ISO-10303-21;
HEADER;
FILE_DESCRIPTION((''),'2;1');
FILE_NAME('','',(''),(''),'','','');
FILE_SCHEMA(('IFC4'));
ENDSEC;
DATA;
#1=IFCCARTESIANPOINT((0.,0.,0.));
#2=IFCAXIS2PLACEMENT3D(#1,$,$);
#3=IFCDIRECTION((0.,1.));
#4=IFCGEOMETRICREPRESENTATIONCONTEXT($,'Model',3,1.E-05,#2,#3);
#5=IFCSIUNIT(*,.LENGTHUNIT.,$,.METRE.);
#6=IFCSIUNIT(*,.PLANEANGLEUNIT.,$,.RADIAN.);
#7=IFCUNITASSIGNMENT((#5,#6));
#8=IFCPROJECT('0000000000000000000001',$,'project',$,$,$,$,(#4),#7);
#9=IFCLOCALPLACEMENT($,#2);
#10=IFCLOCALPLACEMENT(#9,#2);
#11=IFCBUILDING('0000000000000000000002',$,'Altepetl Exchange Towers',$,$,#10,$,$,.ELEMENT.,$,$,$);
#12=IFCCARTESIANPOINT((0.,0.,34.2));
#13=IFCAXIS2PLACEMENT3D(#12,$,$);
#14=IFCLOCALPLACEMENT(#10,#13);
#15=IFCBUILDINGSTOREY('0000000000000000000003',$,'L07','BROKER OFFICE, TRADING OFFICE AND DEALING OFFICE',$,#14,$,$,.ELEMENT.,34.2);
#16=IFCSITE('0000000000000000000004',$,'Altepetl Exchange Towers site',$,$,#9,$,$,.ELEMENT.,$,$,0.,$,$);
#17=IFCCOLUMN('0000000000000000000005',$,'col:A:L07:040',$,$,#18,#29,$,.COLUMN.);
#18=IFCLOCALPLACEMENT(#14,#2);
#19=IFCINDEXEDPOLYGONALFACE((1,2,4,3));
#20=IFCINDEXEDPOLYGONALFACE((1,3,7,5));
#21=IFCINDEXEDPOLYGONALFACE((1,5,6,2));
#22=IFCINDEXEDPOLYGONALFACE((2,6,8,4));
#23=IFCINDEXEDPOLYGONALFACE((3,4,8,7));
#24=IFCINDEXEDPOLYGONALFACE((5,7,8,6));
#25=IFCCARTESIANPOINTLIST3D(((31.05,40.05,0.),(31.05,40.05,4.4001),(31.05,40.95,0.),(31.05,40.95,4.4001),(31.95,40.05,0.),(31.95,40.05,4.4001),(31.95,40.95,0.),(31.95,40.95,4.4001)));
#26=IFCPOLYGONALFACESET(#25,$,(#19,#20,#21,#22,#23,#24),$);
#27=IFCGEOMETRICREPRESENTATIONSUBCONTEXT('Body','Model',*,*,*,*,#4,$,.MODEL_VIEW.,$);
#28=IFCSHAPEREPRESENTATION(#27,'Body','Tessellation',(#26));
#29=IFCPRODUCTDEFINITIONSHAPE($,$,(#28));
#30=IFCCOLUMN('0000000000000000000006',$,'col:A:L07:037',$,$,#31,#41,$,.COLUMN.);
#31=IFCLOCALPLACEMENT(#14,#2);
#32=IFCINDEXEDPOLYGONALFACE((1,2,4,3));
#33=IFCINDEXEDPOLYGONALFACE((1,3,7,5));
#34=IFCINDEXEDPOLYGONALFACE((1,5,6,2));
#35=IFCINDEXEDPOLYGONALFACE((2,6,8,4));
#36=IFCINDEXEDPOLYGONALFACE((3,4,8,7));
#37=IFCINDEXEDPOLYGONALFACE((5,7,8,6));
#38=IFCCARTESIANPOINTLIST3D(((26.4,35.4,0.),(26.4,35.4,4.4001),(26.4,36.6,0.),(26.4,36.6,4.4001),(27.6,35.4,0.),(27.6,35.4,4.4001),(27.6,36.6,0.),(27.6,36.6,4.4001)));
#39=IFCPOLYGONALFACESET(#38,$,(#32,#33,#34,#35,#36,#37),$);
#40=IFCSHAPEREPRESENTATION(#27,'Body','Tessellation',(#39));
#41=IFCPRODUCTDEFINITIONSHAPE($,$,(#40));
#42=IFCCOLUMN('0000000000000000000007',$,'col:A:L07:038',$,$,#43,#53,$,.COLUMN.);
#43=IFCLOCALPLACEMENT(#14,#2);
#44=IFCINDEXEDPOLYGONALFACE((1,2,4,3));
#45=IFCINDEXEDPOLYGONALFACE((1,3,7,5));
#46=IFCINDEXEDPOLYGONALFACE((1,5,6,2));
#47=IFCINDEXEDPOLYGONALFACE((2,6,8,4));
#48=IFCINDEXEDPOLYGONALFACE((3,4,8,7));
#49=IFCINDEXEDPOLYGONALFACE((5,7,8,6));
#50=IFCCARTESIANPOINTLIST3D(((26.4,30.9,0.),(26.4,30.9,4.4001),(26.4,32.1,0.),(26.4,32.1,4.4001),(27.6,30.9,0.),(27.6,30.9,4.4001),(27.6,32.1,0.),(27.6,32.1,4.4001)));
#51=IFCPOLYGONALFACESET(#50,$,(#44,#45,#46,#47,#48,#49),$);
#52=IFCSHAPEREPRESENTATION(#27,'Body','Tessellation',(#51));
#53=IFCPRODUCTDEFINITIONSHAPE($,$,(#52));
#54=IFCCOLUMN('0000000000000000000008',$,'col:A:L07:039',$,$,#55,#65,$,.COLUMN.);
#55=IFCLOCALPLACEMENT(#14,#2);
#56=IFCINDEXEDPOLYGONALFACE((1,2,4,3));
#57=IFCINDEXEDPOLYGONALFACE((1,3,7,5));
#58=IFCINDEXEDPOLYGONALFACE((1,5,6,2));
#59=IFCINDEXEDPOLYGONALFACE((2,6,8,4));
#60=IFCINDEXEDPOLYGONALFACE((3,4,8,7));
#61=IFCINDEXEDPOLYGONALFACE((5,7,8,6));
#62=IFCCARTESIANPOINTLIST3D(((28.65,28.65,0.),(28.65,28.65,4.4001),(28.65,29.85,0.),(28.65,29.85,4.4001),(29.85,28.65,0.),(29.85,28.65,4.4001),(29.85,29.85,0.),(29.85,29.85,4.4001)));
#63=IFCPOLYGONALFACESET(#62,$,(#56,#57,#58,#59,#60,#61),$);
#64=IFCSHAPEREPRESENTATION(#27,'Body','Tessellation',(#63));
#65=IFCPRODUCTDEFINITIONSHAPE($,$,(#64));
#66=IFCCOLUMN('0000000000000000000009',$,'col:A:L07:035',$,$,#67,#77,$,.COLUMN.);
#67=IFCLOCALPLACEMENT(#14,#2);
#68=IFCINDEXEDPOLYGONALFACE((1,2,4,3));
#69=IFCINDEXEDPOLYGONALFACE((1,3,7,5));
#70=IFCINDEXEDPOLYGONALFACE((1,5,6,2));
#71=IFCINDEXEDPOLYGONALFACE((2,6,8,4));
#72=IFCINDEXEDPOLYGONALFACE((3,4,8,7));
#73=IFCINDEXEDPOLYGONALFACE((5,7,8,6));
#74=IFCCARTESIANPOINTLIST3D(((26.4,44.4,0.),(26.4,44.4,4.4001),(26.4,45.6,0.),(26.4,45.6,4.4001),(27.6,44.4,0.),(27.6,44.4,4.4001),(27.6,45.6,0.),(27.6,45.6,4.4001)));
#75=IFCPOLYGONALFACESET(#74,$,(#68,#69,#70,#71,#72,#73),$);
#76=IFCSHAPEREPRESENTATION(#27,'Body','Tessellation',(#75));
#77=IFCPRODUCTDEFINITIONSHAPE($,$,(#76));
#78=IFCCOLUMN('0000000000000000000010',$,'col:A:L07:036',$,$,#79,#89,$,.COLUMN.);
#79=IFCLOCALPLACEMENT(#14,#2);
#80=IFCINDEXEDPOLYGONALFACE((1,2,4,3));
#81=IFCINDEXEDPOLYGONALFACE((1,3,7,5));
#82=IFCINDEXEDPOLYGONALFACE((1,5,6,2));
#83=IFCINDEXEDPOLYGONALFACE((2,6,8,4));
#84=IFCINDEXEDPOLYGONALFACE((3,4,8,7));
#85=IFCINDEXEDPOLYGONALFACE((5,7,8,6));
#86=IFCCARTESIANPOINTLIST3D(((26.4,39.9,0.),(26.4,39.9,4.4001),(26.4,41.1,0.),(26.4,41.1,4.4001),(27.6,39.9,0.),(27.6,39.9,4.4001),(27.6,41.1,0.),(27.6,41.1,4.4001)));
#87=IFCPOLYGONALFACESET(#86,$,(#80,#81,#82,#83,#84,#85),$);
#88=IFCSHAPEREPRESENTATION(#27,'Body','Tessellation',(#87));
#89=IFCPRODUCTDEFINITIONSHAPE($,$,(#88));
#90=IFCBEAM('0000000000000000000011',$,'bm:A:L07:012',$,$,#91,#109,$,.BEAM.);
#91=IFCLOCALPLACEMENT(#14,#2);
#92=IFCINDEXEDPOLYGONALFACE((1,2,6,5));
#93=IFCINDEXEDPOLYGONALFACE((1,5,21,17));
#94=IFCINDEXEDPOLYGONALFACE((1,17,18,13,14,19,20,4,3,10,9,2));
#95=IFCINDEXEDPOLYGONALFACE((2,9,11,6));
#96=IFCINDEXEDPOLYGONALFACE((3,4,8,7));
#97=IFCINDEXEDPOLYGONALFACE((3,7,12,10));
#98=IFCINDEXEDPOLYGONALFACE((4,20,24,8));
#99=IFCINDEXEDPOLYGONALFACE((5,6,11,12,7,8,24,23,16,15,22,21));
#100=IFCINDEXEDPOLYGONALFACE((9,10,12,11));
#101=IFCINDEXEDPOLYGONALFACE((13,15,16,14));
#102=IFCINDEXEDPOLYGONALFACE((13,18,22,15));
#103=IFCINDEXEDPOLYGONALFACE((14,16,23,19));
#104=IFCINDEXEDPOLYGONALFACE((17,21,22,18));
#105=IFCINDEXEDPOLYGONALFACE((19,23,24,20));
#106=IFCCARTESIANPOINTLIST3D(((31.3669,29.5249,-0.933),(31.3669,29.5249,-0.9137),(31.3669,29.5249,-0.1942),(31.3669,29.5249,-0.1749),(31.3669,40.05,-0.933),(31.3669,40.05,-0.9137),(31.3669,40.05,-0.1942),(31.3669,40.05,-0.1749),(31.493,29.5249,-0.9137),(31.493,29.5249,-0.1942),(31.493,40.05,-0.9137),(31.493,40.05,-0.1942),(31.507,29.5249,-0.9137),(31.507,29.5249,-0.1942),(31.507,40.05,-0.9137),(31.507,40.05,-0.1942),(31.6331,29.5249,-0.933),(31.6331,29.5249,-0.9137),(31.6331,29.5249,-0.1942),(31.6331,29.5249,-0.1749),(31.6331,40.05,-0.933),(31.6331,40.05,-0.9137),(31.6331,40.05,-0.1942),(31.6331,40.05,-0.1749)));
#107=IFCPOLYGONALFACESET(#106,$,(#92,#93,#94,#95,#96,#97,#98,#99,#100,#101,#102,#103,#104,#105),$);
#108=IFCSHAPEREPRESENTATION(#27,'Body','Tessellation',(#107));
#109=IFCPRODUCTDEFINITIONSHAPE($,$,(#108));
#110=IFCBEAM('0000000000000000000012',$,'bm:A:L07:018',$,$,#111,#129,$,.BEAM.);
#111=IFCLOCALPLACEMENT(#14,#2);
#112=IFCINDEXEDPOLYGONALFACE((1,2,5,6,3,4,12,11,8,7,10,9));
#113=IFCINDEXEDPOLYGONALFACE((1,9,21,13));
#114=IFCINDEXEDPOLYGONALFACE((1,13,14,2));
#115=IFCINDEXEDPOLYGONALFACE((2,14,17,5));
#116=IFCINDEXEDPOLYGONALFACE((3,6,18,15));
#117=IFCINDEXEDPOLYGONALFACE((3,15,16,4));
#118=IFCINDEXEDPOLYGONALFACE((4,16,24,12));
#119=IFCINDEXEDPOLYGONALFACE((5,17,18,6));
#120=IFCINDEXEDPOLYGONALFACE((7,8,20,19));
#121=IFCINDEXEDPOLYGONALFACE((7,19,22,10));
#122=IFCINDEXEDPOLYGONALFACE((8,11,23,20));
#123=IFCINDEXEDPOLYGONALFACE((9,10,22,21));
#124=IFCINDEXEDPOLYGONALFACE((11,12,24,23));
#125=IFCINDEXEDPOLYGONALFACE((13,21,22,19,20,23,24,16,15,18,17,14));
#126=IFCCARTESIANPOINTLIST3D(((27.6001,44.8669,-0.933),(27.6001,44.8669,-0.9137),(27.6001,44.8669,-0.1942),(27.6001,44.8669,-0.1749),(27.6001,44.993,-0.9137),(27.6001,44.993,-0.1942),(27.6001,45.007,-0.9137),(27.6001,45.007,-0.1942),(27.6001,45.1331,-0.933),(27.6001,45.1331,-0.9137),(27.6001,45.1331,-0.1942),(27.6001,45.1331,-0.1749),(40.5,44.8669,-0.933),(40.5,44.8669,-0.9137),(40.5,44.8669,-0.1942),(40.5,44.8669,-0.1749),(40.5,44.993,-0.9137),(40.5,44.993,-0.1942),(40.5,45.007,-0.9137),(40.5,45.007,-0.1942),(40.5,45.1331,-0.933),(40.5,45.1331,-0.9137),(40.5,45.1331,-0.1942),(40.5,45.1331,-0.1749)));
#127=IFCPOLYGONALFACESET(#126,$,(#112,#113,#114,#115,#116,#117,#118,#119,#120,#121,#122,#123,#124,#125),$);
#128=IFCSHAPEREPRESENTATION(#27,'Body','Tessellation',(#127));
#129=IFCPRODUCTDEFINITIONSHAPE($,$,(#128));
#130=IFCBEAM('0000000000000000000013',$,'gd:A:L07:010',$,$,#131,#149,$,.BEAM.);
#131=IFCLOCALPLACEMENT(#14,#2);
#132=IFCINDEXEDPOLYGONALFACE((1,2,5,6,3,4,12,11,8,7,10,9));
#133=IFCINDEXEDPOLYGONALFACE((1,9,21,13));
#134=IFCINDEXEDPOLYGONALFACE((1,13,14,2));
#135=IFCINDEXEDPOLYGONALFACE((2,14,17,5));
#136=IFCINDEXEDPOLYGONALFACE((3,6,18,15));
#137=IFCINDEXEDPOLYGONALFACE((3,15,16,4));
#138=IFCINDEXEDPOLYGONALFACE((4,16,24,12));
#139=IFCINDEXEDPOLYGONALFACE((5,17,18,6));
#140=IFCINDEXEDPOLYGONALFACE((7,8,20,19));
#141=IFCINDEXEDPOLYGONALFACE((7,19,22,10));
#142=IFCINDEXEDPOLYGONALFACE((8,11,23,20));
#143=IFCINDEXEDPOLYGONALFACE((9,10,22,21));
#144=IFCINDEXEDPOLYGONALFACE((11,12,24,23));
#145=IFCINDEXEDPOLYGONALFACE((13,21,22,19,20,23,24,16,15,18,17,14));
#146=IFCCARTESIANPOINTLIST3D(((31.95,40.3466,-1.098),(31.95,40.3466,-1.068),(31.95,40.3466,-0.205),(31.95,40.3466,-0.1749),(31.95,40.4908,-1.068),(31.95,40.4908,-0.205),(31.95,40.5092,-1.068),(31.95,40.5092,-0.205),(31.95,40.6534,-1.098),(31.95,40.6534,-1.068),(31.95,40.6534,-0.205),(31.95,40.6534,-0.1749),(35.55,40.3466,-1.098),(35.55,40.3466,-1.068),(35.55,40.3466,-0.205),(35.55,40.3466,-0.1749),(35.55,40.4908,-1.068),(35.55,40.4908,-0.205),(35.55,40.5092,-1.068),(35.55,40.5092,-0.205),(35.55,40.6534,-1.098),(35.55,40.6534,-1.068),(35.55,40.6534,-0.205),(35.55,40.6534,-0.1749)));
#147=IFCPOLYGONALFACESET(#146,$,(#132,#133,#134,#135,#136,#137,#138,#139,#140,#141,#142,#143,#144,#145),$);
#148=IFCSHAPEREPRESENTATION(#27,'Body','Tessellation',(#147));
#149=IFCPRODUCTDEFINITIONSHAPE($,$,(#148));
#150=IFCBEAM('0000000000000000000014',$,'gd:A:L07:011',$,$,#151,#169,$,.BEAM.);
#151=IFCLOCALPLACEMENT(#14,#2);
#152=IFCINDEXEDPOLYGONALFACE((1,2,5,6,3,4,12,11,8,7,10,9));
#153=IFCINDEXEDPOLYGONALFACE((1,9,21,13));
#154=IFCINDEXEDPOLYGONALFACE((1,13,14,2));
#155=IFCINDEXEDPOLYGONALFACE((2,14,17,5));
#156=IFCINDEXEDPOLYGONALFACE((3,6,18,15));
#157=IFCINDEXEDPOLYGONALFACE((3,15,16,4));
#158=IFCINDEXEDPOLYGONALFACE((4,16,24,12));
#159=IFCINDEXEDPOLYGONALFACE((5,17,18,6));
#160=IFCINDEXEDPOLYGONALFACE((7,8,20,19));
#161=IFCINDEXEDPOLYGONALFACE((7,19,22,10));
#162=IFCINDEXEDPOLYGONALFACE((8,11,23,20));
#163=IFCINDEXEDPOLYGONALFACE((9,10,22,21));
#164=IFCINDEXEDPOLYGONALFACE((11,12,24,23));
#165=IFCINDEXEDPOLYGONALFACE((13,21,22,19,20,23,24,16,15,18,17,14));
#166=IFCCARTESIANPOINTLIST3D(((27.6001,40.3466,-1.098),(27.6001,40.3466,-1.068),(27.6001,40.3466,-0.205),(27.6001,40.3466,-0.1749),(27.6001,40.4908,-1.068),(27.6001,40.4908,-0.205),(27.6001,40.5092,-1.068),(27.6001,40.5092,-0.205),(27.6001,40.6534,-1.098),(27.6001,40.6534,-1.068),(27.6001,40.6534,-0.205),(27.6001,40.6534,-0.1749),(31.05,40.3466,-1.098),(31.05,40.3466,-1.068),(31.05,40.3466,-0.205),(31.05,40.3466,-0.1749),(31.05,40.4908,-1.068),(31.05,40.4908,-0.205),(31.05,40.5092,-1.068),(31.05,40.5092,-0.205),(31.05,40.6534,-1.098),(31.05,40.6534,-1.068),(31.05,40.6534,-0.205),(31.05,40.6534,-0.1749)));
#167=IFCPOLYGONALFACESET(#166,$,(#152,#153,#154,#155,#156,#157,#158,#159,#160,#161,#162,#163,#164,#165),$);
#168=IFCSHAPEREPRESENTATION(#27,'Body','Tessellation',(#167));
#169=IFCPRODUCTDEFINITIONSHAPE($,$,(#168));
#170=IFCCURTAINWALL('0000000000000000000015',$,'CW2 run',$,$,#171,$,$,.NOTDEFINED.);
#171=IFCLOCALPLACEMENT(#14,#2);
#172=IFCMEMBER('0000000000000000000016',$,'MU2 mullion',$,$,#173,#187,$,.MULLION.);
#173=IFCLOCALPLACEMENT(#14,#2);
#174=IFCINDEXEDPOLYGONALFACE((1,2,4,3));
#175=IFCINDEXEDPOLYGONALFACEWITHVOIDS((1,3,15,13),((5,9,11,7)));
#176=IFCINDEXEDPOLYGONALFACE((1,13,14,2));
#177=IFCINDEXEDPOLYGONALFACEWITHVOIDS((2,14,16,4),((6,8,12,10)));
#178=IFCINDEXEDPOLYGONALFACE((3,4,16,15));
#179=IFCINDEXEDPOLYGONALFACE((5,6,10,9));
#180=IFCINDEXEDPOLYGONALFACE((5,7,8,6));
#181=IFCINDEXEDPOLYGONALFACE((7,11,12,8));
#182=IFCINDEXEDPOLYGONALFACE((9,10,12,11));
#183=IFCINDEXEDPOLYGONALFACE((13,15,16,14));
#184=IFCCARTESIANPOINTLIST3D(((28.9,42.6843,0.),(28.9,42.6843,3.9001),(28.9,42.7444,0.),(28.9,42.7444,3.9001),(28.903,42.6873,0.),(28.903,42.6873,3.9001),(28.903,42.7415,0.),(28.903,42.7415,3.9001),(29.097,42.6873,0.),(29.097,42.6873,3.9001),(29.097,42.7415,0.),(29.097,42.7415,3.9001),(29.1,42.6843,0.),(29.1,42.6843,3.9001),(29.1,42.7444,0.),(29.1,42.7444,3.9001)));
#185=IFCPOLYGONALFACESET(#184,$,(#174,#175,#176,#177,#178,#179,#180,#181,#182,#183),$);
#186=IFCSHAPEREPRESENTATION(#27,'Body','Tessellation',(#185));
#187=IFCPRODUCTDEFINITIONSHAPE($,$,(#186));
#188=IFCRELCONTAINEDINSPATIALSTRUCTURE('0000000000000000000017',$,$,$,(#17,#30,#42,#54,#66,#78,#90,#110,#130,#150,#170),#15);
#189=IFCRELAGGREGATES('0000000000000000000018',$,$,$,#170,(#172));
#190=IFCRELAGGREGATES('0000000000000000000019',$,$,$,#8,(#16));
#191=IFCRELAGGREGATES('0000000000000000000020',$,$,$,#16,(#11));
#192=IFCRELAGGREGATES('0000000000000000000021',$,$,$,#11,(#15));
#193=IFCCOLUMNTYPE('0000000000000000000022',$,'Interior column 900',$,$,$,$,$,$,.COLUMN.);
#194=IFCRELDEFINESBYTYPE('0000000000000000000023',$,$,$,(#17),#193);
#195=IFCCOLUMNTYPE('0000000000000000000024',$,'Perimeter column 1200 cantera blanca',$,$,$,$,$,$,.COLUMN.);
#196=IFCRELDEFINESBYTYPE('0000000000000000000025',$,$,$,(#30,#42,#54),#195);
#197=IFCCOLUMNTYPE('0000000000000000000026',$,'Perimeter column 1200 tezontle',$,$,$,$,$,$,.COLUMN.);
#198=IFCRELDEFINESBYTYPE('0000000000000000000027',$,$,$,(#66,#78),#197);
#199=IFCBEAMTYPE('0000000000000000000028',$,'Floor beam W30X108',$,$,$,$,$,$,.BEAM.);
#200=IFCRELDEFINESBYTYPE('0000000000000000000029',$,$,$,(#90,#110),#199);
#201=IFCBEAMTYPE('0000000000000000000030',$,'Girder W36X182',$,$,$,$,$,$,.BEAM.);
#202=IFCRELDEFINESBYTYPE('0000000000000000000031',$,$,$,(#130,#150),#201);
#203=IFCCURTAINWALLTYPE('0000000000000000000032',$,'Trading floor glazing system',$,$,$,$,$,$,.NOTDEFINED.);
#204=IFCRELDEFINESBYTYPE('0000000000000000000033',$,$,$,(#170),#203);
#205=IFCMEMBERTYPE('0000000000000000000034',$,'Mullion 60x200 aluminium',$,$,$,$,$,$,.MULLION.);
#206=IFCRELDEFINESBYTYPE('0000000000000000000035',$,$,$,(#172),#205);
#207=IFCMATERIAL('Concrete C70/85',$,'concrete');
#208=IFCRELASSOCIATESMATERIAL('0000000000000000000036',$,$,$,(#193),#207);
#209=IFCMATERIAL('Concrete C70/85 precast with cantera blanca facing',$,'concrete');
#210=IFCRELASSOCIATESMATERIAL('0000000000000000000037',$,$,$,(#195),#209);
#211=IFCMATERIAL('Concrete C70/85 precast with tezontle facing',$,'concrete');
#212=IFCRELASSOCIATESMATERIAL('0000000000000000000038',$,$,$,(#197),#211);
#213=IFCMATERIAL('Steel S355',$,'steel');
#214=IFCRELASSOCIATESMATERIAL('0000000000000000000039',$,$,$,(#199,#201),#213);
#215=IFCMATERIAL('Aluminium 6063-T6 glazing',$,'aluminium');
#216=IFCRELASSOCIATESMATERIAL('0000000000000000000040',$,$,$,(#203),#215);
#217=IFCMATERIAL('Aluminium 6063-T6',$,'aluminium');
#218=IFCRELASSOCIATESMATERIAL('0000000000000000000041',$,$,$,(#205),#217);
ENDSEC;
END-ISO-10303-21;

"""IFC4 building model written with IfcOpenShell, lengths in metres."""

from ifc_helpers import new_model, si_unit, direction, frame, origin, origin_2d, place, context, subcontext, project, spatial, rectangle, hollow_rectangle, i_section, extrude, material, material_profile, profile_set, type_object, element, aggregate, save


model = new_model("IFC4")

# Units and contexts
model_context = context("Model", 3, precision=1e-05, world=origin(), true_north=direction((0.0, 1.0)))
body_context = subcontext(model_context, "Body", "Model", "MODEL_VIEW")
ifc_project = project(units=[si_unit("LENGTHUNIT", "METRE"), si_unit("PLANEANGLEUNIT", "RADIAN")], contexts=[model_context])

# Site, building, storey
site_placement = place(None, origin())
site = spatial("IfcSite", under=ifc_project, at=site_placement, Name="Altepetl Exchange Towers site", CompositionType="ELEMENT", RefElevation=0.0)
building_placement = place(site_placement, origin())
building = spatial("IfcBuilding", under=site, at=building_placement, Name="Altepetl Exchange Towers", CompositionType="ELEMENT")
storey_placement = place(building_placement, frame((0.0, 0.0, 34.2)))
storey = spatial("IfcBuildingStorey", under=building, at=storey_placement, Name="L07", Description="BROKER OFFICE, TRADING OFFICE AND DEALING OFFICE", CompositionType="ELEMENT", Elevation=34.2)

# Columns
ifc_material_1 = material(Name="Concrete C70/85", Category="concrete")
ifc_material_profile_1 = material_profile(ifc_material_1, rectangle(XDim=0.8999, YDim=0.8999, at=origin_2d()), Name="900 x 900")
ifc_profile_set_1 = profile_set([ifc_material_profile_1], Name="Concrete C70/85")
column_type_1 = type_object("IfcColumnType", Name="Interior column 900", PredefinedType="COLUMN", material=ifc_profile_set_1)
column_placement = place(storey_placement, frame((31.5, 40.5, 0.0)))
element("IfcColumn", 1, at=column_placement, inside=storey, type_object=column_type_1, Name="col:A:L07:040", PredefinedType="COLUMN", context=body_context, shape_type="SweptSolid", body=[
    extrude(rectangle(XDim=0.8999, YDim=0.8999, at=origin_2d()), origin(), (0.0, 0.0, 1.0), 4.4001),
])
ifc_material_2 = material(Name="Concrete C70/85 precast with cantera blanca facing", Category="concrete")
ifc_material_profile_2 = material_profile(ifc_material_2, rectangle(XDim=1.2, YDim=1.2, at=origin_2d()), Name="1200 x 1200")
ifc_profile_set_2 = profile_set([ifc_material_profile_2], Name="Concrete C70/85 precast with cantera blanca facing")
column_type_2 = type_object("IfcColumnType", Name="Perimeter column 1200 cantera blanca", PredefinedType="COLUMN", material=ifc_profile_set_2)
for number, where, name in (
    (2, (27.0, 36.0, 0.0), "col:A:L07:037"),
    (3, (27.0, 31.5, 0.0), "col:A:L07:038"),
    (4, (29.25, 29.25, 0.0), "col:A:L07:039"),
):
    element("IfcColumn", number, at=place(storey_placement, frame(where)), inside=storey, type_object=column_type_2, Name=name, PredefinedType="COLUMN", context=body_context, shape_type="SweptSolid", body=[
        extrude(rectangle(XDim=1.2, YDim=1.2, at=origin_2d()), origin(), (0.0, 0.0, 1.0), 4.4001),
    ])
ifc_material_3 = material(Name="Concrete C70/85 precast with tezontle facing", Category="concrete")
ifc_material_profile_3 = material_profile(ifc_material_3, rectangle(XDim=1.2, YDim=1.2, at=origin_2d()), Name="1200 x 1200")
ifc_profile_set_3 = profile_set([ifc_material_profile_3], Name="Concrete C70/85 precast with tezontle facing")
column_type_3 = type_object("IfcColumnType", Name="Perimeter column 1200 tezontle", PredefinedType="COLUMN", material=ifc_profile_set_3)
for number, where, name in (
    (5, (27.0, 45.0, 0.0), "col:A:L07:035"),
    (6, (27.0, 40.5, 0.0), "col:A:L07:036"),
):
    element("IfcColumn", number, at=place(storey_placement, frame(where)), inside=storey, type_object=column_type_3, Name=name, PredefinedType="COLUMN", context=body_context, shape_type="SweptSolid", body=[
        extrude(rectangle(XDim=1.2, YDim=1.2, at=origin_2d()), origin(), (0.0, 0.0, 1.0), 4.4001),
    ])

# Beams
ifc_material_4 = material(Name="Steel S355", Category="steel")
ifc_material_profile_4 = material_profile(ifc_material_4, i_section(OverallWidth=0.2661, OverallDepth=0.7581, WebThickness=0.0139, FlangeThickness=0.0193, at=origin_2d()), Name="W30X108")
ifc_profile_set_4 = profile_set([ifc_material_profile_4], Name="Steel S355")
beam_type_1 = type_object("IfcBeamType", Name="Floor beam W30X108", PredefinedType="BEAM", material=ifc_profile_set_4)
beam_1_placement = place(storey_placement, frame((31.5, 29.5249, -0.554), z_axis=(0.0, 1.0, 0.0), x_axis=(-1.0, 0.0, 0.0)))
element("IfcBeam", 7, at=beam_1_placement, inside=storey, type_object=beam_type_1, Name="bm:A:L07:012", PredefinedType="BEAM", context=body_context, shape_type="SweptSolid", body=[
    extrude(i_section(OverallWidth=0.2661, OverallDepth=0.7581, WebThickness=0.0139, FlangeThickness=0.0193, at=origin_2d()), origin(), (0.0, 0.0, 1.0), 10.5251),
])
beam_2_placement = place(storey_placement, frame((27.6001, 45.0, -0.554), z_axis=(1.0, 0.0, 0.0), x_axis=(0.0, 1.0, 0.0)))
element("IfcBeam", 8, at=beam_2_placement, inside=storey, type_object=beam_type_1, Name="bm:A:L07:018", PredefinedType="BEAM", context=body_context, shape_type="SweptSolid", body=[
    extrude(i_section(OverallWidth=0.2661, OverallDepth=0.7581, WebThickness=0.0139, FlangeThickness=0.0193, at=origin_2d()), origin(), (0.0, 0.0, 1.0), 12.8999),
])
ifc_material_profile_5 = material_profile(ifc_material_4, i_section(OverallWidth=0.3069, OverallDepth=0.9231, WebThickness=0.0183, FlangeThickness=0.03, at=origin_2d()), Name="W36X182")
ifc_profile_set_5 = profile_set([ifc_material_profile_5], Name="Steel S355")
beam_type_2 = type_object("IfcBeamType", Name="Girder W36X182", PredefinedType="BEAM", material=ifc_profile_set_5)
beam_3_placement = place(storey_placement, frame((35.55, 40.5, -0.6365), z_axis=(-1.0, 0.0, 0.0), x_axis=(0.0, -1.0, 0.0)))
element("IfcBeam", 9, at=beam_3_placement, inside=storey, type_object=beam_type_2, Name="gd:A:L07:010", PredefinedType="BEAM", context=body_context, shape_type="SweptSolid", body=[
    extrude(i_section(OverallWidth=0.3069, OverallDepth=0.9231, WebThickness=0.0183, FlangeThickness=0.03, at=origin_2d()), origin(), (0.0, 0.0, 1.0), 3.6001),
])
beam_4_placement = place(storey_placement, frame((31.05, 40.5, -0.6365), z_axis=(-1.0, 0.0, 0.0), x_axis=(0.0, -1.0, 0.0)))
element("IfcBeam", 10, at=beam_4_placement, inside=storey, type_object=beam_type_2, Name="gd:A:L07:011", PredefinedType="BEAM", context=body_context, shape_type="SweptSolid", body=[
    extrude(i_section(OverallWidth=0.3069, OverallDepth=0.9231, WebThickness=0.0183, FlangeThickness=0.03, at=origin_2d()), origin(), (0.0, 0.0, 1.0), 3.45),
])

# Curtain wall, member
ifc_material_5 = material(Name="Aluminium 6063-T6 glazing", Category="aluminium")
curtain_wall_type = type_object("IfcCurtainWallType", Name="Trading floor glazing system", PredefinedType="NOTDEFINED", material=ifc_material_5)
curtain_wall_1_placement = place(storey_placement, origin())
curtain_wall_1 = element("IfcCurtainWall", 11, at=curtain_wall_1_placement, inside=storey, type_object=curtain_wall_type, Name="CW2 run", PredefinedType="NOTDEFINED")
ifc_material_6 = material(Name="Aluminium 6063-T6", Category="aluminium")
ifc_material_profile_6 = material_profile(ifc_material_6, hollow_rectangle(XDim=0.0601, YDim=0.2, WallThickness=0.0029, at=origin_2d()), Name="Mullion 60x200 aluminium")
ifc_profile_set_6 = profile_set([ifc_material_profile_6], Name="Aluminium 6063-T6")
member_type = type_object("IfcMemberType", Name="Mullion 60x200 aluminium", PredefinedType="MULLION", material=ifc_profile_set_6)
member_1_placement = place(storey_placement, frame((29.0, 42.7144, 0.0), z_axis=(0.0, 0.0, 1.0), x_axis=(0.0, -1.0, 0.0)))
member_1 = element("IfcMember", 12, at=member_1_placement, type_object=member_type, Name="MU2 mullion", PredefinedType="MULLION", context=body_context, shape_type="SweptSolid", body=[
    extrude(hollow_rectangle(XDim=0.0601, YDim=0.2, WallThickness=0.0029, at=origin_2d()), origin(), (0.0, 0.0, 1.0), 3.9001),
])

aggregate(curtain_wall_1, [member_1])

save(model, "model.ifc")
